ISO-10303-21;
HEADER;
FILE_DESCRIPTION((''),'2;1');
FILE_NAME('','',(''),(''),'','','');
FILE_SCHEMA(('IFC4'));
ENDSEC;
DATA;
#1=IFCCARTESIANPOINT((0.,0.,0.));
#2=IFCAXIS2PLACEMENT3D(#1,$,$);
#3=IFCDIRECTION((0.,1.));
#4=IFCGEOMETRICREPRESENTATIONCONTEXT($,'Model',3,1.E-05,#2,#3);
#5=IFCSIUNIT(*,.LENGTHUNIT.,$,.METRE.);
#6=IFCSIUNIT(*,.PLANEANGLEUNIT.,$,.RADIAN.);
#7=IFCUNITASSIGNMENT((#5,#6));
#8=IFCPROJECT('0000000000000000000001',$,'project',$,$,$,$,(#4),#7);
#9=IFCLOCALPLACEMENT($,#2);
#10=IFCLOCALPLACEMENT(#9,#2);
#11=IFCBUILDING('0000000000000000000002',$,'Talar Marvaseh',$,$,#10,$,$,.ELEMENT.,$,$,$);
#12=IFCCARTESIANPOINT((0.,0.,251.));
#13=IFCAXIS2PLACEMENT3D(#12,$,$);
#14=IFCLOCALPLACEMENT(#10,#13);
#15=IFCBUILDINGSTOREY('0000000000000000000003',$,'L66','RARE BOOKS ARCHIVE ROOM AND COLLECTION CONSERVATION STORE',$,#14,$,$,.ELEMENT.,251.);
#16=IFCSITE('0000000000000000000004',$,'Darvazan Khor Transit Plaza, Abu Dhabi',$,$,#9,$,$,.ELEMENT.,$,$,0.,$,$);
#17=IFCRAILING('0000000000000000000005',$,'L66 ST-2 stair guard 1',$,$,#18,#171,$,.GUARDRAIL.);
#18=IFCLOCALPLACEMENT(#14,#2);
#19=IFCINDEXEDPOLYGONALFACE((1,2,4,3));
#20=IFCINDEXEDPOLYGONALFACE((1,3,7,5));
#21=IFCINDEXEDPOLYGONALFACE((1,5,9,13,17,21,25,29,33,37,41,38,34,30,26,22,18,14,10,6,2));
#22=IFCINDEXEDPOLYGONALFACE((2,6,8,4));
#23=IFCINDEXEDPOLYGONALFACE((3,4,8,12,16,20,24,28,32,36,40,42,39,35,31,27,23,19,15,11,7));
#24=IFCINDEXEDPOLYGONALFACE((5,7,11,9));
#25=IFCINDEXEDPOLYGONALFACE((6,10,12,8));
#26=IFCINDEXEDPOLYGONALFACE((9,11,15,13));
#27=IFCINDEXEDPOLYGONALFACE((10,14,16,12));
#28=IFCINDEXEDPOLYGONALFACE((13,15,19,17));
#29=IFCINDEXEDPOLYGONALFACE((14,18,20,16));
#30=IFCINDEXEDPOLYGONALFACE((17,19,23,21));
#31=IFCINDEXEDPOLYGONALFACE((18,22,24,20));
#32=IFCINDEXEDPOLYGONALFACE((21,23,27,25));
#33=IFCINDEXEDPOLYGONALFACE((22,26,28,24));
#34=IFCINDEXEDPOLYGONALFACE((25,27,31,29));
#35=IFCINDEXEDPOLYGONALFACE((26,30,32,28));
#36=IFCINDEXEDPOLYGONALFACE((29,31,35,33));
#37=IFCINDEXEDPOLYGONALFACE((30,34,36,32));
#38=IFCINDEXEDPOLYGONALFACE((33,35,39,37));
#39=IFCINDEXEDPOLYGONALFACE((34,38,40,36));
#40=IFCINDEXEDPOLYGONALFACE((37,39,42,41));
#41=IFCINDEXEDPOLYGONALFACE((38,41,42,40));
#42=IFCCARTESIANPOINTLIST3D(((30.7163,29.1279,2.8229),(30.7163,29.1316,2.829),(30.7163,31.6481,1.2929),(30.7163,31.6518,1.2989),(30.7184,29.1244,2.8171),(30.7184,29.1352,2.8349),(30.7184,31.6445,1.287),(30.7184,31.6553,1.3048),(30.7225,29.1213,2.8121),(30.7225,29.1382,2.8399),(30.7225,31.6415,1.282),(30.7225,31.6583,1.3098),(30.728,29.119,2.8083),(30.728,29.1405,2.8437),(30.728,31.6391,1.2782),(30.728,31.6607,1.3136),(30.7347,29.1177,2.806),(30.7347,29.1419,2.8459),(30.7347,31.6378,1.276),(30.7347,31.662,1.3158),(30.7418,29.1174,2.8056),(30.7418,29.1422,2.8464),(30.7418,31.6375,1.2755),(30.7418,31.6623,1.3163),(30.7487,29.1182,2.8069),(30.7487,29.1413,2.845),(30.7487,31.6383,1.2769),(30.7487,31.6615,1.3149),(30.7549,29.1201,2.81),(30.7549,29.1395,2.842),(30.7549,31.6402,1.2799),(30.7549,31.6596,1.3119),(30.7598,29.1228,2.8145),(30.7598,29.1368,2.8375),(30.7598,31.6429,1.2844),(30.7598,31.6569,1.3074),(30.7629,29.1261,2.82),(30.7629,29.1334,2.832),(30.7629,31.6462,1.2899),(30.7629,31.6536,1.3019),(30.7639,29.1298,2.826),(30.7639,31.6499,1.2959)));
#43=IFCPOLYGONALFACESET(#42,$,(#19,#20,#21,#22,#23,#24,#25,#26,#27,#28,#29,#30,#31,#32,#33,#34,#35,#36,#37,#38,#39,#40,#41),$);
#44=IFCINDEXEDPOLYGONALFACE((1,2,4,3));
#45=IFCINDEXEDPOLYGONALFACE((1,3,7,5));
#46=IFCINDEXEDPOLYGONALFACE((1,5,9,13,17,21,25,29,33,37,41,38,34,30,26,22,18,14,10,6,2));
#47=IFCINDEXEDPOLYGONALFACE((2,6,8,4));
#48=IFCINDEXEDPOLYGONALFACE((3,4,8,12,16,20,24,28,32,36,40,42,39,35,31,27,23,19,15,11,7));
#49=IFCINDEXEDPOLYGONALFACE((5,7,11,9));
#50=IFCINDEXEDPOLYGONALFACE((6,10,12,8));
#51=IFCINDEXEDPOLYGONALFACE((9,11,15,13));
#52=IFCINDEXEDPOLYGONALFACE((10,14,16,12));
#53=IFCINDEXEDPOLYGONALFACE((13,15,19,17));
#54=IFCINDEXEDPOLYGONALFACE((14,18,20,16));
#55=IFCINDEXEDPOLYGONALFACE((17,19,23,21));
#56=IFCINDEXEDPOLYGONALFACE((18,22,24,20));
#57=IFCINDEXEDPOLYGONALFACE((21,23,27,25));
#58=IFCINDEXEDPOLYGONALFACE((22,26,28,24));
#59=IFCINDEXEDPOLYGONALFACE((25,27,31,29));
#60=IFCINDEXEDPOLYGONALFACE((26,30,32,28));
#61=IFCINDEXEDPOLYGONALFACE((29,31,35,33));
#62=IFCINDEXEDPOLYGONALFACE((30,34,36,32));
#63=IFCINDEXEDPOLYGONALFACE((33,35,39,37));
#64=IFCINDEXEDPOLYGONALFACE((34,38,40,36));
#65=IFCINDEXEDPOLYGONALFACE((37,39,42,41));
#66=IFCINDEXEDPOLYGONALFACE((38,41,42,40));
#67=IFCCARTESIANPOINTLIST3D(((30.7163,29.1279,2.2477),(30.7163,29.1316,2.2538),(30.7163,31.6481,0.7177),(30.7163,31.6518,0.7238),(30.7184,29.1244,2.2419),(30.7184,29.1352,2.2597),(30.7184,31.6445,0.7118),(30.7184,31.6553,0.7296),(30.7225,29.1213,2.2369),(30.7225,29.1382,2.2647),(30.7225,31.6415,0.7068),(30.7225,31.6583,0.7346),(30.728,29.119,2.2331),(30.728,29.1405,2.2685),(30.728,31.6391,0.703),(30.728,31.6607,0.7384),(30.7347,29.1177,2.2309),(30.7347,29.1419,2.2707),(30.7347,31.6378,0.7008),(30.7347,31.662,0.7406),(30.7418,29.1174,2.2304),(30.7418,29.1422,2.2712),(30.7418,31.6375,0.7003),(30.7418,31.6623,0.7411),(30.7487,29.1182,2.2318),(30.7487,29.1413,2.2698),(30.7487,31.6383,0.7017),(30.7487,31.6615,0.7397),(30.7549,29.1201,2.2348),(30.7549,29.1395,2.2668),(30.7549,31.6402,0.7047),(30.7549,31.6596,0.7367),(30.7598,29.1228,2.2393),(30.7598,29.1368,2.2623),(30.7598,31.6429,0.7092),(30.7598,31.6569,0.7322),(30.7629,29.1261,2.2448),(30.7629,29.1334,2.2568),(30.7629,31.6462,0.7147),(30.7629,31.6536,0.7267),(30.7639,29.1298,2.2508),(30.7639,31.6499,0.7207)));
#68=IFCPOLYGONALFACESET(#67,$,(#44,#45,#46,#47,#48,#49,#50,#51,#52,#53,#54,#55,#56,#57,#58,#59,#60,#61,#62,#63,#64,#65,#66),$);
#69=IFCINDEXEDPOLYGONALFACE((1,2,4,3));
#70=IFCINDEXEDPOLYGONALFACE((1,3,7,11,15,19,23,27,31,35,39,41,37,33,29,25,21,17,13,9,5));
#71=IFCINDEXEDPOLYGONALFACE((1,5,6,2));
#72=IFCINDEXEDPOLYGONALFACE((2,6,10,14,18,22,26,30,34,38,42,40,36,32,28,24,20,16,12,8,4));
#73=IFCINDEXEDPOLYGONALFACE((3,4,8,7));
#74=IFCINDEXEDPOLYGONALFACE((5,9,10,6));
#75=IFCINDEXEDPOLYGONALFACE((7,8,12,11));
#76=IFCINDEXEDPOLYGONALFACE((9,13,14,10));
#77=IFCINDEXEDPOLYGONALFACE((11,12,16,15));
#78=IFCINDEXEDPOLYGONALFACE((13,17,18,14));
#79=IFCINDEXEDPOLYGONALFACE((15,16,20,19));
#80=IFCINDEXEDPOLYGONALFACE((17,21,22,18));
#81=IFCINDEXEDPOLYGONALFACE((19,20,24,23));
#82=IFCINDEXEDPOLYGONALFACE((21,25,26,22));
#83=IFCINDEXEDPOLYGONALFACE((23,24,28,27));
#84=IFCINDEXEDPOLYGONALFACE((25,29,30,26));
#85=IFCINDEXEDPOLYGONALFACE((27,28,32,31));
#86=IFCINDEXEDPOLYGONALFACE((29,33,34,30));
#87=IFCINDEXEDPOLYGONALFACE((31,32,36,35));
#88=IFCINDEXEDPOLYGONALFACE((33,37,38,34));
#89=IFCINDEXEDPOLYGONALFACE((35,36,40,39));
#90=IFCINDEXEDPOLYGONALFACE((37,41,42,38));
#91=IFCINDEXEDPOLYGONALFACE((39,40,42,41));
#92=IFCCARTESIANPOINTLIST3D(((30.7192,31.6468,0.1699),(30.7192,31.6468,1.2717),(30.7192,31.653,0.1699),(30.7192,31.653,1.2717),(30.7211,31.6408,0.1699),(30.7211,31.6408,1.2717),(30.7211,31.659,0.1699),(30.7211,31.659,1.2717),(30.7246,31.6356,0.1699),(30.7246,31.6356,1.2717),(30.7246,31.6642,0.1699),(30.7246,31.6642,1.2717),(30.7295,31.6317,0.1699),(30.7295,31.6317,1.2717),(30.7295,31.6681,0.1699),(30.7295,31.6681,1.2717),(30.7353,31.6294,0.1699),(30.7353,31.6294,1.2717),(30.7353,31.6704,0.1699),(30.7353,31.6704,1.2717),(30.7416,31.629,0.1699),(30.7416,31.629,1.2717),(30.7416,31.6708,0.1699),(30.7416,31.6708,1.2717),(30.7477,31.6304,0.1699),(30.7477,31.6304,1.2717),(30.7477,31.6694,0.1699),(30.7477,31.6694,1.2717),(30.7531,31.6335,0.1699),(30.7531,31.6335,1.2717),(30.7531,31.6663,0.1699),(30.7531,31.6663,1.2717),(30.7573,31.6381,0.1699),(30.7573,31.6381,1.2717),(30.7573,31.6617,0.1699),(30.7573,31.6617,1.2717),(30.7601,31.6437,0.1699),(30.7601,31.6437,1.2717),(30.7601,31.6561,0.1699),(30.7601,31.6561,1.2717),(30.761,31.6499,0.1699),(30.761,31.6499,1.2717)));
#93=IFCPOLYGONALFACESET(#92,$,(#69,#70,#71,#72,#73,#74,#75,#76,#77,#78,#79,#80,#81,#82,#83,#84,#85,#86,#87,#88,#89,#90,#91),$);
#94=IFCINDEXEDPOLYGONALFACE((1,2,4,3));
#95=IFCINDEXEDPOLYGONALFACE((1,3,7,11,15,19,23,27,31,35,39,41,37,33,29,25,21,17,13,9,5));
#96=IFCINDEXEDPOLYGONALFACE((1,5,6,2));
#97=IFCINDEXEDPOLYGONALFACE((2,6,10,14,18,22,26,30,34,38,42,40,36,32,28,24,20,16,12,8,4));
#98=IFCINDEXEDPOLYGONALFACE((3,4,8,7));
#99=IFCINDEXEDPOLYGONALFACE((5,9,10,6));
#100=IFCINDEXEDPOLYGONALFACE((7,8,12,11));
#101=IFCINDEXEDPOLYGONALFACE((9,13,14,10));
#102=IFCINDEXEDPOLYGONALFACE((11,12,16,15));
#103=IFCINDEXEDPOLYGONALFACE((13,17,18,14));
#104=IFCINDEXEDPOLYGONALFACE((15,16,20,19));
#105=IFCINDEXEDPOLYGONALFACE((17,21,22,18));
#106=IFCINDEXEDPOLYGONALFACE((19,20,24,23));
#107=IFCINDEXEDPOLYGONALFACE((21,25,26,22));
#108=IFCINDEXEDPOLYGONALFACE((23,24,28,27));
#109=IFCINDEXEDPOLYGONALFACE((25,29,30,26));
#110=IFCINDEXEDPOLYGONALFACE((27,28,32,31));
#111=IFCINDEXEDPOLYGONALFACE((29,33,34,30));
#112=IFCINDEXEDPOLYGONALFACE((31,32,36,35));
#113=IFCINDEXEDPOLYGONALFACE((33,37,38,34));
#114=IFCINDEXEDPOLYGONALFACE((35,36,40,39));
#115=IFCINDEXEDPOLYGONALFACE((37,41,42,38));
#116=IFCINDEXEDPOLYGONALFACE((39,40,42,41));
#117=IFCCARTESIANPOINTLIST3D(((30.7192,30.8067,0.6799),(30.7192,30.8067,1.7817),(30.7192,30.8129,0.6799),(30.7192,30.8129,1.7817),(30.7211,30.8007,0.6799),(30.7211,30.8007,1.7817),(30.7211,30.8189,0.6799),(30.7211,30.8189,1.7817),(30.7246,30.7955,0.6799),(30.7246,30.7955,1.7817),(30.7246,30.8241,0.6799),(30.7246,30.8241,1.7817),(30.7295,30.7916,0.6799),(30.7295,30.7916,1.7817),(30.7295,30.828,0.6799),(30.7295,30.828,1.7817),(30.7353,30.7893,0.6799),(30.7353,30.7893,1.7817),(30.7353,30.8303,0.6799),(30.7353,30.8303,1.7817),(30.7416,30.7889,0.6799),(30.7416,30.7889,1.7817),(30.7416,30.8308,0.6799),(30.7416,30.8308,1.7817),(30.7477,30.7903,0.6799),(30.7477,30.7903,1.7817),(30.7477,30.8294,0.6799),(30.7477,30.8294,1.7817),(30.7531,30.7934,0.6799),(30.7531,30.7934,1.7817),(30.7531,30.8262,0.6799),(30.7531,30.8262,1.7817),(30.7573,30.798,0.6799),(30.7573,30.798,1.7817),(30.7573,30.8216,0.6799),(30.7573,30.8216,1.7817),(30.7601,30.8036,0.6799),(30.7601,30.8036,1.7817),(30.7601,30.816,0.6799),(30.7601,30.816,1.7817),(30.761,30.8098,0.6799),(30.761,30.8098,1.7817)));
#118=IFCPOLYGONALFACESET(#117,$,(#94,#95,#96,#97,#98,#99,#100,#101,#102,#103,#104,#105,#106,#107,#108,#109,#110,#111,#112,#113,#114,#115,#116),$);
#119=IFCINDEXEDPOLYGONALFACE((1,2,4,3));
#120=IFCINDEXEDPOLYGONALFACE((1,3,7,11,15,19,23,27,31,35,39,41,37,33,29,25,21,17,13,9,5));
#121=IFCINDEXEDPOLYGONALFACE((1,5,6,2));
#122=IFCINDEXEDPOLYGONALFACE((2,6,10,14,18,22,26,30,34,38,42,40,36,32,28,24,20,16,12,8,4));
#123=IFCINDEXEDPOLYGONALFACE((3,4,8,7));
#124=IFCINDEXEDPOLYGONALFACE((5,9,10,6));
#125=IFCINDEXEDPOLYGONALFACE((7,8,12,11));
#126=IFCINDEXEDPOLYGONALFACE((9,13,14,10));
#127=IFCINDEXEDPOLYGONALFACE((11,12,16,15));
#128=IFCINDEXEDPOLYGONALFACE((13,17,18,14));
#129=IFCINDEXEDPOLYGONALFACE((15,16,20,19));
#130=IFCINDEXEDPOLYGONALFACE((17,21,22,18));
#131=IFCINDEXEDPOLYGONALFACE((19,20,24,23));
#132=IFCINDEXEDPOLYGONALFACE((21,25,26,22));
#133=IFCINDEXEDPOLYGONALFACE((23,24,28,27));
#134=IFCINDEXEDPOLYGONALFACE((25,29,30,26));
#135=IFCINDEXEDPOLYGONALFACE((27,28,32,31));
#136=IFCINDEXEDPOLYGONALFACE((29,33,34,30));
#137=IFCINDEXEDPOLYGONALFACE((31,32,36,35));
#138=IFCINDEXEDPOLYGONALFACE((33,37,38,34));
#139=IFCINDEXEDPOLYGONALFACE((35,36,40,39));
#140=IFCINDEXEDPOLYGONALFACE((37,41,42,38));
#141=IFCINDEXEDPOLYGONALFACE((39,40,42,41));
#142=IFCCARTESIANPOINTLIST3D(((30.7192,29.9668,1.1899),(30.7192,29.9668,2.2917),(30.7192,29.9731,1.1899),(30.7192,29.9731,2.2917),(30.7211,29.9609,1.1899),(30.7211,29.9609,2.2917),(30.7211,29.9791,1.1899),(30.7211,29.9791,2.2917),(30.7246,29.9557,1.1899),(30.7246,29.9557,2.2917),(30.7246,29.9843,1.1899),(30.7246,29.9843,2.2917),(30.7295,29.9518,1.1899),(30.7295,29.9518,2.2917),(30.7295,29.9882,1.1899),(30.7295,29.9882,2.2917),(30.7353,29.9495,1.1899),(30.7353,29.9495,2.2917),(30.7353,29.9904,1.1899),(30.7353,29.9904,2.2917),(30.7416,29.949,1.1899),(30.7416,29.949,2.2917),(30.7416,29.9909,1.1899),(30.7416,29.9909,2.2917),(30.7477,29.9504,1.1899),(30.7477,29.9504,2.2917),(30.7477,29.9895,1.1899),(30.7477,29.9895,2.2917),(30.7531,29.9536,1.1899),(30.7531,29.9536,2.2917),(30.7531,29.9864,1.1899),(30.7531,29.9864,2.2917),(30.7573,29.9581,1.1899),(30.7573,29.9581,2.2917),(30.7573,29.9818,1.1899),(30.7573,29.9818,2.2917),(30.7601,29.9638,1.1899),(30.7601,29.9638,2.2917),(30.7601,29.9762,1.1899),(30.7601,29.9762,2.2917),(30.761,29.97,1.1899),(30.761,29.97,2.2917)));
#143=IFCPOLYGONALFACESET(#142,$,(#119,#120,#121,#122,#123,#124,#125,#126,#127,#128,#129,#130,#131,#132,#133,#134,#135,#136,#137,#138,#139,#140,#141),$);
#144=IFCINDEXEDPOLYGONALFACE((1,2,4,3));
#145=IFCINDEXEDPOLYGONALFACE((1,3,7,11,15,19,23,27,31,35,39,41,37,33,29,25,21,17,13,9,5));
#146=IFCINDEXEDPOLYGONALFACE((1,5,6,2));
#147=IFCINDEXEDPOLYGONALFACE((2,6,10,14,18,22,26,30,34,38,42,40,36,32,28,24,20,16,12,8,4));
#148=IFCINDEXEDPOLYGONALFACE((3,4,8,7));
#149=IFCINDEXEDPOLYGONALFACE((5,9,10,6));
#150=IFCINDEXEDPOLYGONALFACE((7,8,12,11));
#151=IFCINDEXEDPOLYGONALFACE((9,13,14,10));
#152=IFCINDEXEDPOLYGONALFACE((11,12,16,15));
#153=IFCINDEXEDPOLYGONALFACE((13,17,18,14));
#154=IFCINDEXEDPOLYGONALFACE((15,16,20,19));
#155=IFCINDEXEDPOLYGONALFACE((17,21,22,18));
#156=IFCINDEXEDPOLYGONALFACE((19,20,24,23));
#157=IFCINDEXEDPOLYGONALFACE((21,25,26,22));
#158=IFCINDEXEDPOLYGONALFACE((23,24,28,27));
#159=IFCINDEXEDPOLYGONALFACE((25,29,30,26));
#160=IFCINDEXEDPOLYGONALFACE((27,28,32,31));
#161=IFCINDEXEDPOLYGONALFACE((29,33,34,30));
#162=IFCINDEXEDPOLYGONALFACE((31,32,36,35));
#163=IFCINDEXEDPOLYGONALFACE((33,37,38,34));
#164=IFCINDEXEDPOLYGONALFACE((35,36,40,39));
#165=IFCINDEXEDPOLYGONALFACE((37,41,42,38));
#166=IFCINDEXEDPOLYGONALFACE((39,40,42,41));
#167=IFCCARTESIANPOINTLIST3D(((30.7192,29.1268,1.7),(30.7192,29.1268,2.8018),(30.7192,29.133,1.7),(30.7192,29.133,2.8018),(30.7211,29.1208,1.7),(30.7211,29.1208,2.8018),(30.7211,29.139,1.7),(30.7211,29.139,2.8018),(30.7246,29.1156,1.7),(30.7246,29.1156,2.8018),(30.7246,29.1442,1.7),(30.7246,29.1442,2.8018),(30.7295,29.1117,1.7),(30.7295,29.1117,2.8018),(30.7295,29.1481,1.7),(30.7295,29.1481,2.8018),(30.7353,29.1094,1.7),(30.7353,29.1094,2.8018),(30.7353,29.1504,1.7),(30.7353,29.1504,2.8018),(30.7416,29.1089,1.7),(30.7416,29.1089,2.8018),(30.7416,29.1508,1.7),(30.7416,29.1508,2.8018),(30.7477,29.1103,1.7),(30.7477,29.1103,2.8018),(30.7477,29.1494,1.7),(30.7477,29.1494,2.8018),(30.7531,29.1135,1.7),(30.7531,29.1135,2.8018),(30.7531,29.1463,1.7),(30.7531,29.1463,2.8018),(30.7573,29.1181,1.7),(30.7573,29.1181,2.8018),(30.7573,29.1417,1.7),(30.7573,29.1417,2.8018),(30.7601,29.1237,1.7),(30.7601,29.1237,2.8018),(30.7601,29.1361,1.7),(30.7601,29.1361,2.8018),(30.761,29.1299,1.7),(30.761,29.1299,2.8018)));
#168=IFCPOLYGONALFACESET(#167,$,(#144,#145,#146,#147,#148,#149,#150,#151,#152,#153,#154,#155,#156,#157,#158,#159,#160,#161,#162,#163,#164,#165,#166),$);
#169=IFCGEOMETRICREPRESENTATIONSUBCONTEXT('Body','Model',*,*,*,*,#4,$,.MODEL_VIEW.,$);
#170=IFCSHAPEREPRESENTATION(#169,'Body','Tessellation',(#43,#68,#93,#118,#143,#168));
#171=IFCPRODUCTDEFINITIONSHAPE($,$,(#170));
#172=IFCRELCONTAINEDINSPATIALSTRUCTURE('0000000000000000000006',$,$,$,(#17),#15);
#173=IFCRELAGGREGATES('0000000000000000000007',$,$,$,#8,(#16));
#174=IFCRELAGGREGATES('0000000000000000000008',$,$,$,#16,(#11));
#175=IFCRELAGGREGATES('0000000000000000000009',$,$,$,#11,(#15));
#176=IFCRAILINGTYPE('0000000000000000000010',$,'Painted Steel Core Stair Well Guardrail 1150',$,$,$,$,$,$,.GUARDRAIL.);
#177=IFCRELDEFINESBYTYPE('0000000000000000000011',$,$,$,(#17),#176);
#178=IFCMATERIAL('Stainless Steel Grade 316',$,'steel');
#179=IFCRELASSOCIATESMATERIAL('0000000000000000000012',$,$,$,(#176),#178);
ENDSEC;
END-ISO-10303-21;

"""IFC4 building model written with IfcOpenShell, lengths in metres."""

from ifc_helpers import new_model, si_unit, direction, frame, origin, origin_2d, place, context, subcontext, project, spatial, circle, extrude, material, type_object, element, save


model = new_model("IFC4")

# Units and contexts
model_context = context("Model", 3, precision=1e-05, world=origin(), true_north=direction((0.0, 1.0)))
body_context = subcontext(model_context, "Body", "Model", "MODEL_VIEW")
ifc_project = project(units=[si_unit("LENGTHUNIT", "METRE"), si_unit("PLANEANGLEUNIT", "RADIAN")], contexts=[model_context])

# Site, building, storey
site_placement = place(None, origin())
site = spatial("IfcSite", under=ifc_project, at=site_placement, Name="Darvazan Khor Transit Plaza, Abu Dhabi", CompositionType="ELEMENT", RefElevation=0.0)
building_placement = place(site_placement, origin())
building = spatial("IfcBuilding", under=site, at=building_placement, Name="Talar Marvaseh", CompositionType="ELEMENT")
storey_placement = place(building_placement, frame((0.0, 0.0, 251.0)))
storey = spatial("IfcBuildingStorey", under=building, at=storey_placement, Name="L66", Description="RARE BOOKS ARCHIVE ROOM AND COLLECTION CONSERVATION STORE", CompositionType="ELEMENT", Elevation=251.0)

# Shared definitions
ifc_material_1 = material(Name="Stainless Steel Grade 316", Category="steel")

# Railing
railing_type_1 = type_object("IfcRailingType", Name="Painted Steel Core Stair Well Guardrail 1150", PredefinedType="GUARDRAIL", material=ifc_material_1)
railing_1_placement = place(storey_placement, frame((30.74, 31.6499, 0.1699)))
element("IfcRailing", 1, at=railing_1_placement, inside=storey, type_object=railing_type_1, Name="L66 ST-2 stair guard 1", PredefinedType="GUARDRAIL", context=body_context, shape_type="SweptSolid", body=[
    extrude(circle(Radius=0.0239, at=origin_2d()), frame((0.0, 0.0, 1.126), z_axis=(0.0, -0.854785, 0.518982), x_axis=(1.0, 0.0, 0.0)), (0.0, 0.0, 1.0), 2.9482),
    extrude(circle(Radius=0.0239, at=origin_2d()), frame((0.0, 0.0, 0.5508), z_axis=(0.0, -0.854785, 0.518982), x_axis=(1.0, 0.0, 0.0)), (0.0, 0.0, 1.0), 2.9482),
    extrude(circle(Radius=0.021, at=origin_2d()), origin(), (0.0, 0.0, 1.0), 1.1018),
    extrude(circle(Radius=0.021, at=origin_2d()), frame((0.0, -0.8401, 0.51)), (0.0, 0.0, 1.0), 1.1018),
    extrude(circle(Radius=0.021, at=origin_2d()), frame((0.0, -1.6799, 1.02)), (0.0, 0.0, 1.0), 1.1018),
    extrude(circle(Radius=0.021, at=origin_2d()), frame((0.0, -2.52, 1.53)), (0.0, 0.0, 1.0), 1.1018),
])

save(model, "model.ifc")
